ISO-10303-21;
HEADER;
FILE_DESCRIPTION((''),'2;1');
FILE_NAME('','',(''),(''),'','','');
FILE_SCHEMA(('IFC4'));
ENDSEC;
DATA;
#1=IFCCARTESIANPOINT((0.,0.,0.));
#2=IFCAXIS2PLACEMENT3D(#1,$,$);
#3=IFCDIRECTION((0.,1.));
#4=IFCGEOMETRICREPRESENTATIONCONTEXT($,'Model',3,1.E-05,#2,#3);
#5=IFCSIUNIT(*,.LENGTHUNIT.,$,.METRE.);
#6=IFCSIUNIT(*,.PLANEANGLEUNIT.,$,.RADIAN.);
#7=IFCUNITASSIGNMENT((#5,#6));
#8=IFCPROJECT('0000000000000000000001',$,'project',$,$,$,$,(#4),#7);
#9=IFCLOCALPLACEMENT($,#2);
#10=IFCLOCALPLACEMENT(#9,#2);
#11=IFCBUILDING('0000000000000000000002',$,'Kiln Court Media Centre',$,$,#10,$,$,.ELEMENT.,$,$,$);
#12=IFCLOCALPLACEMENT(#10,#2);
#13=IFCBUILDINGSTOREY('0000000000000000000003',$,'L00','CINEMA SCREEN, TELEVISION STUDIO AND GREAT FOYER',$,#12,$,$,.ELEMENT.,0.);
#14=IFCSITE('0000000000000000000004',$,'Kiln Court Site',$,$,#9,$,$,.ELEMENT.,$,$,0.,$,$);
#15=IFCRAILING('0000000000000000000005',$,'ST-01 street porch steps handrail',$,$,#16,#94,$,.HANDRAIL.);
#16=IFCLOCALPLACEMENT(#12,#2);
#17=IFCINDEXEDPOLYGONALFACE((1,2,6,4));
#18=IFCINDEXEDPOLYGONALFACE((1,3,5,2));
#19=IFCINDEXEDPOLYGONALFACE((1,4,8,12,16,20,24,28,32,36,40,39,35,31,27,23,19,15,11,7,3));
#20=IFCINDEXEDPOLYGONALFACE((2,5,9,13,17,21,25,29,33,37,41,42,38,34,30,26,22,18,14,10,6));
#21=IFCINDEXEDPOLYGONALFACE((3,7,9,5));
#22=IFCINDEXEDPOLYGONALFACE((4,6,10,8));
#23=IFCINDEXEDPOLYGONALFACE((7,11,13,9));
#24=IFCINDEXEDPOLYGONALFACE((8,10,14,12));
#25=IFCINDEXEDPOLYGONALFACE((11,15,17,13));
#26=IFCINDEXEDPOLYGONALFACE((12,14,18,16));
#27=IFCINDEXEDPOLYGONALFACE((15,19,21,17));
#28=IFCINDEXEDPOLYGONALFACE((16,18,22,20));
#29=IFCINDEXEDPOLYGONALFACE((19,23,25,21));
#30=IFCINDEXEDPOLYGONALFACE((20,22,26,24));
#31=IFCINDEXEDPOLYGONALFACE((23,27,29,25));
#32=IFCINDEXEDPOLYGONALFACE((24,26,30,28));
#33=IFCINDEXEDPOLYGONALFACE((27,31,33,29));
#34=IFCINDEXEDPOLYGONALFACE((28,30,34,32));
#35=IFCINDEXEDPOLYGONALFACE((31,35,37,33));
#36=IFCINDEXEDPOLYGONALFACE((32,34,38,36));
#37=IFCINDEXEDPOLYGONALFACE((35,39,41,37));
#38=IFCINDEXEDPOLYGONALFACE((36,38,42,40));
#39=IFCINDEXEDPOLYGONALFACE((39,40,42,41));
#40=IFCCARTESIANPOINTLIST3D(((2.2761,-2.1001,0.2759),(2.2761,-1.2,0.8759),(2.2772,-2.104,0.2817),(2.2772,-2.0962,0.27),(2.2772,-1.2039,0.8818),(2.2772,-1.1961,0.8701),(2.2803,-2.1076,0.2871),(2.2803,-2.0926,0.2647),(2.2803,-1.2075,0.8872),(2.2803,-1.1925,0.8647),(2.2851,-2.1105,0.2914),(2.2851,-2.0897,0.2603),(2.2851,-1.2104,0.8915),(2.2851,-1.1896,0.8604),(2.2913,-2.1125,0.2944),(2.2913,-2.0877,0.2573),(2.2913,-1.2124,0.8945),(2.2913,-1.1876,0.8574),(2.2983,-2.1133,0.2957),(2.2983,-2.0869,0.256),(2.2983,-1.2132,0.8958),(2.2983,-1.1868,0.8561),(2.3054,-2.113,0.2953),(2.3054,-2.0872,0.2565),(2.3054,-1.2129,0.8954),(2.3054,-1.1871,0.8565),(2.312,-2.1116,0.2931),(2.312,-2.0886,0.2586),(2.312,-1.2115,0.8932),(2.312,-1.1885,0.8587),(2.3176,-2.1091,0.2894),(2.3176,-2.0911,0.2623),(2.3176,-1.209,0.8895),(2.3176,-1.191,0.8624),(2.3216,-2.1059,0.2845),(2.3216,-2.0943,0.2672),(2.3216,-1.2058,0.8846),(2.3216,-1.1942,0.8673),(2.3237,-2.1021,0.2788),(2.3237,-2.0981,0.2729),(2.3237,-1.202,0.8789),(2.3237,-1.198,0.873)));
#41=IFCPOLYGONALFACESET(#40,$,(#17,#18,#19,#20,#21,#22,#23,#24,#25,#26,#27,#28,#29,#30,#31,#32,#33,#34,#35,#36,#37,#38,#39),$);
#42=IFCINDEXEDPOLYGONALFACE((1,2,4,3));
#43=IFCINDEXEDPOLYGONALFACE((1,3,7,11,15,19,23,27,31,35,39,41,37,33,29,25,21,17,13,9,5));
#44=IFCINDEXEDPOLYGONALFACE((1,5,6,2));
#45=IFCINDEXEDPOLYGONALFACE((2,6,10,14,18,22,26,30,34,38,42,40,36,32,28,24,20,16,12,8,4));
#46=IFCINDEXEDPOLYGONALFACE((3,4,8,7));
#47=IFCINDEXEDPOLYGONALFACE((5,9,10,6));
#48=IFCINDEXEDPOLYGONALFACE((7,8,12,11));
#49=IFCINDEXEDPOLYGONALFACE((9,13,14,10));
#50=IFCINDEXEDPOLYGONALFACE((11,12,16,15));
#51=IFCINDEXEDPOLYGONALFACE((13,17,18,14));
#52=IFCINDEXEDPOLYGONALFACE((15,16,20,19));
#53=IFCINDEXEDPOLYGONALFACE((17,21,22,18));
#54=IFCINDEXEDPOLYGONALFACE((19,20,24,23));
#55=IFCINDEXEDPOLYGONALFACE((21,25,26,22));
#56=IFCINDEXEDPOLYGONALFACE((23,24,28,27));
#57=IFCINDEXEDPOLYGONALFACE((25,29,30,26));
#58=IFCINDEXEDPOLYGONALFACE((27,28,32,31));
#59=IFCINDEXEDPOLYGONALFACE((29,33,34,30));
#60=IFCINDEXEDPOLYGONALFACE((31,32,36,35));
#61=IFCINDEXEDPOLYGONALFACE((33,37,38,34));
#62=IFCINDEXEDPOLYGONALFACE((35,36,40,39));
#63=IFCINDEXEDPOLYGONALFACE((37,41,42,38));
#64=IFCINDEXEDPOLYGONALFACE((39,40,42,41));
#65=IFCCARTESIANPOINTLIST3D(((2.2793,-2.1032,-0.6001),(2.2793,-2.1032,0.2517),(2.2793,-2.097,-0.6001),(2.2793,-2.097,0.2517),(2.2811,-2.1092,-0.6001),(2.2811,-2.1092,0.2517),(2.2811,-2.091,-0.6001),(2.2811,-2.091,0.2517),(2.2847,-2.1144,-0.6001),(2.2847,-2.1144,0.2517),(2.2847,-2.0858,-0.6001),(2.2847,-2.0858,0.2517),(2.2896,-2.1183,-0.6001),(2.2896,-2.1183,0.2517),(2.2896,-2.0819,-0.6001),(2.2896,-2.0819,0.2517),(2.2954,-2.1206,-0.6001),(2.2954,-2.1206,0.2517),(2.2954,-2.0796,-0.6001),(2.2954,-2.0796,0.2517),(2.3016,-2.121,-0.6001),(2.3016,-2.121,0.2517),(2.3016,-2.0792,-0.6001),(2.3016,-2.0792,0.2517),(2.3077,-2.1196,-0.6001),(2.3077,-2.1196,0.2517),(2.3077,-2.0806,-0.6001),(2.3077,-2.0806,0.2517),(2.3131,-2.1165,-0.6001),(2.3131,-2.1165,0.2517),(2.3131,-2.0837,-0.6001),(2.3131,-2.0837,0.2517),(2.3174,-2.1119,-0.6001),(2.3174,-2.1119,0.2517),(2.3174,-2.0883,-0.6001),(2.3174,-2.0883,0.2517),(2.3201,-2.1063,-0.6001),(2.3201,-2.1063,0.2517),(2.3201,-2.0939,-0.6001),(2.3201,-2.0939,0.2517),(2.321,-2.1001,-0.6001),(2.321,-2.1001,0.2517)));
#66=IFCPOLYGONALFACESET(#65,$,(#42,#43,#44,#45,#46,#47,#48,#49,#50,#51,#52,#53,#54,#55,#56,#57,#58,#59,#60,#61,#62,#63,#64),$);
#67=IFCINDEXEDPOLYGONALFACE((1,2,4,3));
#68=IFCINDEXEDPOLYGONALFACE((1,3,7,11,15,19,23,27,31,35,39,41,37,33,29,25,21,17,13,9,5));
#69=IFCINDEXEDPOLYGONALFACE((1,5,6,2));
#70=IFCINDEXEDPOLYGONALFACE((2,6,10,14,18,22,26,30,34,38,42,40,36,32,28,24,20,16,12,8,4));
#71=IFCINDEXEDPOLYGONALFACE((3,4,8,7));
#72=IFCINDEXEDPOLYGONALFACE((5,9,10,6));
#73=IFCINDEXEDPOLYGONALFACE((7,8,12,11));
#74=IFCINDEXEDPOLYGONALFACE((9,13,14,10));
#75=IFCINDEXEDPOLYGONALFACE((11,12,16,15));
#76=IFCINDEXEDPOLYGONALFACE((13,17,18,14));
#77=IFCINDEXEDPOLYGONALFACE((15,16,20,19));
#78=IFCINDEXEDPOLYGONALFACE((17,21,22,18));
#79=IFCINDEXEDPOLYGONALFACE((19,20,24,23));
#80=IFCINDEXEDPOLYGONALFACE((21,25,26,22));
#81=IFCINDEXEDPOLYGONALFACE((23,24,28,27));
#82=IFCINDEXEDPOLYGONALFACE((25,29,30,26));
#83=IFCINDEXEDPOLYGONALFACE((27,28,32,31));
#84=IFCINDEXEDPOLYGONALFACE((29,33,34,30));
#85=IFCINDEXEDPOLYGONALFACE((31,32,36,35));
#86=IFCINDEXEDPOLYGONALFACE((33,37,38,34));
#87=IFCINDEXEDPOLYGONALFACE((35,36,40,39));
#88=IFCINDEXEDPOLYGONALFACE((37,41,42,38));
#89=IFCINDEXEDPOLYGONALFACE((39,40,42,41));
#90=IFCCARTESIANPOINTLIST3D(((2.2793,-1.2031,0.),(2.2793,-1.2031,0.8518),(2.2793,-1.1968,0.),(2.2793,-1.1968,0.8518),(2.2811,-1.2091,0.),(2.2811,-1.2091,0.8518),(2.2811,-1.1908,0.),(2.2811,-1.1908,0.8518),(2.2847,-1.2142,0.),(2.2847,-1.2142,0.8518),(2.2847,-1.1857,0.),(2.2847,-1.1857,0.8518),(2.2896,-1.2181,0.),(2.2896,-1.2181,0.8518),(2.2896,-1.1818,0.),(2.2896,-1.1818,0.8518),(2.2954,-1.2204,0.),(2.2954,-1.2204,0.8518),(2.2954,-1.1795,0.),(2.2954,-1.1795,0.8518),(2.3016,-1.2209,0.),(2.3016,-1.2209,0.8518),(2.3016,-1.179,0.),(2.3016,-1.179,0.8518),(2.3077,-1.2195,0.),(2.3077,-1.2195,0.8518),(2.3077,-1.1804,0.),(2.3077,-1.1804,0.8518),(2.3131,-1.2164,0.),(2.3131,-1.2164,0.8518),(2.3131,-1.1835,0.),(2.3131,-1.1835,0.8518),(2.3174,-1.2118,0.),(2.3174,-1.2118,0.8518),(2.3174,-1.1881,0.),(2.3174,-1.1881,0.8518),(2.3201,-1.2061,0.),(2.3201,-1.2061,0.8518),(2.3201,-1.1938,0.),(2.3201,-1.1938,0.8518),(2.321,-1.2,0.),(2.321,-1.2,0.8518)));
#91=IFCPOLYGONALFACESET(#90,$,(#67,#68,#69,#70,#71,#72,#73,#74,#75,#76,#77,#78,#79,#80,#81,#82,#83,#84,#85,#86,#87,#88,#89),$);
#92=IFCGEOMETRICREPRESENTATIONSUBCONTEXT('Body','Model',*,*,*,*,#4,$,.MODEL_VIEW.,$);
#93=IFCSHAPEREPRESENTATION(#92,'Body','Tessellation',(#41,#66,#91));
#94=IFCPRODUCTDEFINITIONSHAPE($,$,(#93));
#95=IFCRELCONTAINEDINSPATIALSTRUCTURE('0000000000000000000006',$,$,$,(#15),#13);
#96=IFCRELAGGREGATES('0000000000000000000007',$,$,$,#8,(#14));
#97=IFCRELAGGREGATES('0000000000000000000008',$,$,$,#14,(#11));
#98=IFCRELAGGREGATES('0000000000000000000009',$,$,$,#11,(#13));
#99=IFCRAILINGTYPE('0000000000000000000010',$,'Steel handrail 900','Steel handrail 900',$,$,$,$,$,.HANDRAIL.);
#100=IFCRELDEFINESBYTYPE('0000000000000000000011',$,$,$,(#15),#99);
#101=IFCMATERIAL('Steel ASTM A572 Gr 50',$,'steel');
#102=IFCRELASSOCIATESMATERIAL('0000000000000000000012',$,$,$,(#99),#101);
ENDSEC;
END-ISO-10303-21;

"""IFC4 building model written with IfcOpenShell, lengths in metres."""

from ifc_helpers import new_model, si_unit, direction, frame, origin, origin_2d, place, context, subcontext, project, spatial, circle, extrude, material, type_object, element, save


model = new_model("IFC4")

# Units and contexts
model_context = context("Model", 3, precision=1e-05, world=origin(), true_north=direction((0.0, 1.0)))
body_context = subcontext(model_context, "Body", "Model", "MODEL_VIEW")
ifc_project = project(units=[si_unit("LENGTHUNIT", "METRE"), si_unit("PLANEANGLEUNIT", "RADIAN")], contexts=[model_context])

# Site, building, storey
site_placement = place(None, origin())
site = spatial("IfcSite", under=ifc_project, at=site_placement, Name="Kiln Court Site", CompositionType="ELEMENT", RefElevation=0.0)
building_placement = place(site_placement, origin())
building = spatial("IfcBuilding", under=site, at=building_placement, Name="Kiln Court Media Centre", CompositionType="ELEMENT")
storey_placement = place(building_placement, origin())
storey = spatial("IfcBuildingStorey", under=building, at=storey_placement, Name="L00", Description="CINEMA SCREEN, TELEVISION STUDIO AND GREAT FOYER", CompositionType="ELEMENT", Elevation=0.0)

# Railing
ifc_material_1 = material(Name="Steel ASTM A572 Gr 50", Category="steel")
railing_type_1 = type_object("IfcRailingType", Name="Steel handrail 900", Description="Steel handrail 900", PredefinedType="HANDRAIL", material=ifc_material_1)
for number, where, name in (
    (1, (2.3, -2.1001, -0.6001), "ST-01 street porch steps handrail"),
):
    element("IfcRailing", number, at=place(storey_placement, frame(where)), inside=storey, type_object=railing_type_1, Name=name, PredefinedType="HANDRAIL", context=body_context, shape_type="SweptSolid", body=[
        extrude(circle(Radius=0.0239, at=origin_2d()), frame((0.0, 0.0, 0.876), z_axis=(0.0, 0.83205, 0.5547), x_axis=(-1.0, 0.0, 0.0)), (0.0, 0.0, 1.0), 1.0818),
        extrude(circle(Radius=0.021, at=origin_2d()), origin(), (0.0, 0.0, 1.0), 0.8518),
        extrude(circle(Radius=0.021, at=origin_2d()), frame((0.0, 0.9001, 0.6001)), (0.0, 0.0, 1.0), 0.8518),
    ])

save(model, "model.ifc")
